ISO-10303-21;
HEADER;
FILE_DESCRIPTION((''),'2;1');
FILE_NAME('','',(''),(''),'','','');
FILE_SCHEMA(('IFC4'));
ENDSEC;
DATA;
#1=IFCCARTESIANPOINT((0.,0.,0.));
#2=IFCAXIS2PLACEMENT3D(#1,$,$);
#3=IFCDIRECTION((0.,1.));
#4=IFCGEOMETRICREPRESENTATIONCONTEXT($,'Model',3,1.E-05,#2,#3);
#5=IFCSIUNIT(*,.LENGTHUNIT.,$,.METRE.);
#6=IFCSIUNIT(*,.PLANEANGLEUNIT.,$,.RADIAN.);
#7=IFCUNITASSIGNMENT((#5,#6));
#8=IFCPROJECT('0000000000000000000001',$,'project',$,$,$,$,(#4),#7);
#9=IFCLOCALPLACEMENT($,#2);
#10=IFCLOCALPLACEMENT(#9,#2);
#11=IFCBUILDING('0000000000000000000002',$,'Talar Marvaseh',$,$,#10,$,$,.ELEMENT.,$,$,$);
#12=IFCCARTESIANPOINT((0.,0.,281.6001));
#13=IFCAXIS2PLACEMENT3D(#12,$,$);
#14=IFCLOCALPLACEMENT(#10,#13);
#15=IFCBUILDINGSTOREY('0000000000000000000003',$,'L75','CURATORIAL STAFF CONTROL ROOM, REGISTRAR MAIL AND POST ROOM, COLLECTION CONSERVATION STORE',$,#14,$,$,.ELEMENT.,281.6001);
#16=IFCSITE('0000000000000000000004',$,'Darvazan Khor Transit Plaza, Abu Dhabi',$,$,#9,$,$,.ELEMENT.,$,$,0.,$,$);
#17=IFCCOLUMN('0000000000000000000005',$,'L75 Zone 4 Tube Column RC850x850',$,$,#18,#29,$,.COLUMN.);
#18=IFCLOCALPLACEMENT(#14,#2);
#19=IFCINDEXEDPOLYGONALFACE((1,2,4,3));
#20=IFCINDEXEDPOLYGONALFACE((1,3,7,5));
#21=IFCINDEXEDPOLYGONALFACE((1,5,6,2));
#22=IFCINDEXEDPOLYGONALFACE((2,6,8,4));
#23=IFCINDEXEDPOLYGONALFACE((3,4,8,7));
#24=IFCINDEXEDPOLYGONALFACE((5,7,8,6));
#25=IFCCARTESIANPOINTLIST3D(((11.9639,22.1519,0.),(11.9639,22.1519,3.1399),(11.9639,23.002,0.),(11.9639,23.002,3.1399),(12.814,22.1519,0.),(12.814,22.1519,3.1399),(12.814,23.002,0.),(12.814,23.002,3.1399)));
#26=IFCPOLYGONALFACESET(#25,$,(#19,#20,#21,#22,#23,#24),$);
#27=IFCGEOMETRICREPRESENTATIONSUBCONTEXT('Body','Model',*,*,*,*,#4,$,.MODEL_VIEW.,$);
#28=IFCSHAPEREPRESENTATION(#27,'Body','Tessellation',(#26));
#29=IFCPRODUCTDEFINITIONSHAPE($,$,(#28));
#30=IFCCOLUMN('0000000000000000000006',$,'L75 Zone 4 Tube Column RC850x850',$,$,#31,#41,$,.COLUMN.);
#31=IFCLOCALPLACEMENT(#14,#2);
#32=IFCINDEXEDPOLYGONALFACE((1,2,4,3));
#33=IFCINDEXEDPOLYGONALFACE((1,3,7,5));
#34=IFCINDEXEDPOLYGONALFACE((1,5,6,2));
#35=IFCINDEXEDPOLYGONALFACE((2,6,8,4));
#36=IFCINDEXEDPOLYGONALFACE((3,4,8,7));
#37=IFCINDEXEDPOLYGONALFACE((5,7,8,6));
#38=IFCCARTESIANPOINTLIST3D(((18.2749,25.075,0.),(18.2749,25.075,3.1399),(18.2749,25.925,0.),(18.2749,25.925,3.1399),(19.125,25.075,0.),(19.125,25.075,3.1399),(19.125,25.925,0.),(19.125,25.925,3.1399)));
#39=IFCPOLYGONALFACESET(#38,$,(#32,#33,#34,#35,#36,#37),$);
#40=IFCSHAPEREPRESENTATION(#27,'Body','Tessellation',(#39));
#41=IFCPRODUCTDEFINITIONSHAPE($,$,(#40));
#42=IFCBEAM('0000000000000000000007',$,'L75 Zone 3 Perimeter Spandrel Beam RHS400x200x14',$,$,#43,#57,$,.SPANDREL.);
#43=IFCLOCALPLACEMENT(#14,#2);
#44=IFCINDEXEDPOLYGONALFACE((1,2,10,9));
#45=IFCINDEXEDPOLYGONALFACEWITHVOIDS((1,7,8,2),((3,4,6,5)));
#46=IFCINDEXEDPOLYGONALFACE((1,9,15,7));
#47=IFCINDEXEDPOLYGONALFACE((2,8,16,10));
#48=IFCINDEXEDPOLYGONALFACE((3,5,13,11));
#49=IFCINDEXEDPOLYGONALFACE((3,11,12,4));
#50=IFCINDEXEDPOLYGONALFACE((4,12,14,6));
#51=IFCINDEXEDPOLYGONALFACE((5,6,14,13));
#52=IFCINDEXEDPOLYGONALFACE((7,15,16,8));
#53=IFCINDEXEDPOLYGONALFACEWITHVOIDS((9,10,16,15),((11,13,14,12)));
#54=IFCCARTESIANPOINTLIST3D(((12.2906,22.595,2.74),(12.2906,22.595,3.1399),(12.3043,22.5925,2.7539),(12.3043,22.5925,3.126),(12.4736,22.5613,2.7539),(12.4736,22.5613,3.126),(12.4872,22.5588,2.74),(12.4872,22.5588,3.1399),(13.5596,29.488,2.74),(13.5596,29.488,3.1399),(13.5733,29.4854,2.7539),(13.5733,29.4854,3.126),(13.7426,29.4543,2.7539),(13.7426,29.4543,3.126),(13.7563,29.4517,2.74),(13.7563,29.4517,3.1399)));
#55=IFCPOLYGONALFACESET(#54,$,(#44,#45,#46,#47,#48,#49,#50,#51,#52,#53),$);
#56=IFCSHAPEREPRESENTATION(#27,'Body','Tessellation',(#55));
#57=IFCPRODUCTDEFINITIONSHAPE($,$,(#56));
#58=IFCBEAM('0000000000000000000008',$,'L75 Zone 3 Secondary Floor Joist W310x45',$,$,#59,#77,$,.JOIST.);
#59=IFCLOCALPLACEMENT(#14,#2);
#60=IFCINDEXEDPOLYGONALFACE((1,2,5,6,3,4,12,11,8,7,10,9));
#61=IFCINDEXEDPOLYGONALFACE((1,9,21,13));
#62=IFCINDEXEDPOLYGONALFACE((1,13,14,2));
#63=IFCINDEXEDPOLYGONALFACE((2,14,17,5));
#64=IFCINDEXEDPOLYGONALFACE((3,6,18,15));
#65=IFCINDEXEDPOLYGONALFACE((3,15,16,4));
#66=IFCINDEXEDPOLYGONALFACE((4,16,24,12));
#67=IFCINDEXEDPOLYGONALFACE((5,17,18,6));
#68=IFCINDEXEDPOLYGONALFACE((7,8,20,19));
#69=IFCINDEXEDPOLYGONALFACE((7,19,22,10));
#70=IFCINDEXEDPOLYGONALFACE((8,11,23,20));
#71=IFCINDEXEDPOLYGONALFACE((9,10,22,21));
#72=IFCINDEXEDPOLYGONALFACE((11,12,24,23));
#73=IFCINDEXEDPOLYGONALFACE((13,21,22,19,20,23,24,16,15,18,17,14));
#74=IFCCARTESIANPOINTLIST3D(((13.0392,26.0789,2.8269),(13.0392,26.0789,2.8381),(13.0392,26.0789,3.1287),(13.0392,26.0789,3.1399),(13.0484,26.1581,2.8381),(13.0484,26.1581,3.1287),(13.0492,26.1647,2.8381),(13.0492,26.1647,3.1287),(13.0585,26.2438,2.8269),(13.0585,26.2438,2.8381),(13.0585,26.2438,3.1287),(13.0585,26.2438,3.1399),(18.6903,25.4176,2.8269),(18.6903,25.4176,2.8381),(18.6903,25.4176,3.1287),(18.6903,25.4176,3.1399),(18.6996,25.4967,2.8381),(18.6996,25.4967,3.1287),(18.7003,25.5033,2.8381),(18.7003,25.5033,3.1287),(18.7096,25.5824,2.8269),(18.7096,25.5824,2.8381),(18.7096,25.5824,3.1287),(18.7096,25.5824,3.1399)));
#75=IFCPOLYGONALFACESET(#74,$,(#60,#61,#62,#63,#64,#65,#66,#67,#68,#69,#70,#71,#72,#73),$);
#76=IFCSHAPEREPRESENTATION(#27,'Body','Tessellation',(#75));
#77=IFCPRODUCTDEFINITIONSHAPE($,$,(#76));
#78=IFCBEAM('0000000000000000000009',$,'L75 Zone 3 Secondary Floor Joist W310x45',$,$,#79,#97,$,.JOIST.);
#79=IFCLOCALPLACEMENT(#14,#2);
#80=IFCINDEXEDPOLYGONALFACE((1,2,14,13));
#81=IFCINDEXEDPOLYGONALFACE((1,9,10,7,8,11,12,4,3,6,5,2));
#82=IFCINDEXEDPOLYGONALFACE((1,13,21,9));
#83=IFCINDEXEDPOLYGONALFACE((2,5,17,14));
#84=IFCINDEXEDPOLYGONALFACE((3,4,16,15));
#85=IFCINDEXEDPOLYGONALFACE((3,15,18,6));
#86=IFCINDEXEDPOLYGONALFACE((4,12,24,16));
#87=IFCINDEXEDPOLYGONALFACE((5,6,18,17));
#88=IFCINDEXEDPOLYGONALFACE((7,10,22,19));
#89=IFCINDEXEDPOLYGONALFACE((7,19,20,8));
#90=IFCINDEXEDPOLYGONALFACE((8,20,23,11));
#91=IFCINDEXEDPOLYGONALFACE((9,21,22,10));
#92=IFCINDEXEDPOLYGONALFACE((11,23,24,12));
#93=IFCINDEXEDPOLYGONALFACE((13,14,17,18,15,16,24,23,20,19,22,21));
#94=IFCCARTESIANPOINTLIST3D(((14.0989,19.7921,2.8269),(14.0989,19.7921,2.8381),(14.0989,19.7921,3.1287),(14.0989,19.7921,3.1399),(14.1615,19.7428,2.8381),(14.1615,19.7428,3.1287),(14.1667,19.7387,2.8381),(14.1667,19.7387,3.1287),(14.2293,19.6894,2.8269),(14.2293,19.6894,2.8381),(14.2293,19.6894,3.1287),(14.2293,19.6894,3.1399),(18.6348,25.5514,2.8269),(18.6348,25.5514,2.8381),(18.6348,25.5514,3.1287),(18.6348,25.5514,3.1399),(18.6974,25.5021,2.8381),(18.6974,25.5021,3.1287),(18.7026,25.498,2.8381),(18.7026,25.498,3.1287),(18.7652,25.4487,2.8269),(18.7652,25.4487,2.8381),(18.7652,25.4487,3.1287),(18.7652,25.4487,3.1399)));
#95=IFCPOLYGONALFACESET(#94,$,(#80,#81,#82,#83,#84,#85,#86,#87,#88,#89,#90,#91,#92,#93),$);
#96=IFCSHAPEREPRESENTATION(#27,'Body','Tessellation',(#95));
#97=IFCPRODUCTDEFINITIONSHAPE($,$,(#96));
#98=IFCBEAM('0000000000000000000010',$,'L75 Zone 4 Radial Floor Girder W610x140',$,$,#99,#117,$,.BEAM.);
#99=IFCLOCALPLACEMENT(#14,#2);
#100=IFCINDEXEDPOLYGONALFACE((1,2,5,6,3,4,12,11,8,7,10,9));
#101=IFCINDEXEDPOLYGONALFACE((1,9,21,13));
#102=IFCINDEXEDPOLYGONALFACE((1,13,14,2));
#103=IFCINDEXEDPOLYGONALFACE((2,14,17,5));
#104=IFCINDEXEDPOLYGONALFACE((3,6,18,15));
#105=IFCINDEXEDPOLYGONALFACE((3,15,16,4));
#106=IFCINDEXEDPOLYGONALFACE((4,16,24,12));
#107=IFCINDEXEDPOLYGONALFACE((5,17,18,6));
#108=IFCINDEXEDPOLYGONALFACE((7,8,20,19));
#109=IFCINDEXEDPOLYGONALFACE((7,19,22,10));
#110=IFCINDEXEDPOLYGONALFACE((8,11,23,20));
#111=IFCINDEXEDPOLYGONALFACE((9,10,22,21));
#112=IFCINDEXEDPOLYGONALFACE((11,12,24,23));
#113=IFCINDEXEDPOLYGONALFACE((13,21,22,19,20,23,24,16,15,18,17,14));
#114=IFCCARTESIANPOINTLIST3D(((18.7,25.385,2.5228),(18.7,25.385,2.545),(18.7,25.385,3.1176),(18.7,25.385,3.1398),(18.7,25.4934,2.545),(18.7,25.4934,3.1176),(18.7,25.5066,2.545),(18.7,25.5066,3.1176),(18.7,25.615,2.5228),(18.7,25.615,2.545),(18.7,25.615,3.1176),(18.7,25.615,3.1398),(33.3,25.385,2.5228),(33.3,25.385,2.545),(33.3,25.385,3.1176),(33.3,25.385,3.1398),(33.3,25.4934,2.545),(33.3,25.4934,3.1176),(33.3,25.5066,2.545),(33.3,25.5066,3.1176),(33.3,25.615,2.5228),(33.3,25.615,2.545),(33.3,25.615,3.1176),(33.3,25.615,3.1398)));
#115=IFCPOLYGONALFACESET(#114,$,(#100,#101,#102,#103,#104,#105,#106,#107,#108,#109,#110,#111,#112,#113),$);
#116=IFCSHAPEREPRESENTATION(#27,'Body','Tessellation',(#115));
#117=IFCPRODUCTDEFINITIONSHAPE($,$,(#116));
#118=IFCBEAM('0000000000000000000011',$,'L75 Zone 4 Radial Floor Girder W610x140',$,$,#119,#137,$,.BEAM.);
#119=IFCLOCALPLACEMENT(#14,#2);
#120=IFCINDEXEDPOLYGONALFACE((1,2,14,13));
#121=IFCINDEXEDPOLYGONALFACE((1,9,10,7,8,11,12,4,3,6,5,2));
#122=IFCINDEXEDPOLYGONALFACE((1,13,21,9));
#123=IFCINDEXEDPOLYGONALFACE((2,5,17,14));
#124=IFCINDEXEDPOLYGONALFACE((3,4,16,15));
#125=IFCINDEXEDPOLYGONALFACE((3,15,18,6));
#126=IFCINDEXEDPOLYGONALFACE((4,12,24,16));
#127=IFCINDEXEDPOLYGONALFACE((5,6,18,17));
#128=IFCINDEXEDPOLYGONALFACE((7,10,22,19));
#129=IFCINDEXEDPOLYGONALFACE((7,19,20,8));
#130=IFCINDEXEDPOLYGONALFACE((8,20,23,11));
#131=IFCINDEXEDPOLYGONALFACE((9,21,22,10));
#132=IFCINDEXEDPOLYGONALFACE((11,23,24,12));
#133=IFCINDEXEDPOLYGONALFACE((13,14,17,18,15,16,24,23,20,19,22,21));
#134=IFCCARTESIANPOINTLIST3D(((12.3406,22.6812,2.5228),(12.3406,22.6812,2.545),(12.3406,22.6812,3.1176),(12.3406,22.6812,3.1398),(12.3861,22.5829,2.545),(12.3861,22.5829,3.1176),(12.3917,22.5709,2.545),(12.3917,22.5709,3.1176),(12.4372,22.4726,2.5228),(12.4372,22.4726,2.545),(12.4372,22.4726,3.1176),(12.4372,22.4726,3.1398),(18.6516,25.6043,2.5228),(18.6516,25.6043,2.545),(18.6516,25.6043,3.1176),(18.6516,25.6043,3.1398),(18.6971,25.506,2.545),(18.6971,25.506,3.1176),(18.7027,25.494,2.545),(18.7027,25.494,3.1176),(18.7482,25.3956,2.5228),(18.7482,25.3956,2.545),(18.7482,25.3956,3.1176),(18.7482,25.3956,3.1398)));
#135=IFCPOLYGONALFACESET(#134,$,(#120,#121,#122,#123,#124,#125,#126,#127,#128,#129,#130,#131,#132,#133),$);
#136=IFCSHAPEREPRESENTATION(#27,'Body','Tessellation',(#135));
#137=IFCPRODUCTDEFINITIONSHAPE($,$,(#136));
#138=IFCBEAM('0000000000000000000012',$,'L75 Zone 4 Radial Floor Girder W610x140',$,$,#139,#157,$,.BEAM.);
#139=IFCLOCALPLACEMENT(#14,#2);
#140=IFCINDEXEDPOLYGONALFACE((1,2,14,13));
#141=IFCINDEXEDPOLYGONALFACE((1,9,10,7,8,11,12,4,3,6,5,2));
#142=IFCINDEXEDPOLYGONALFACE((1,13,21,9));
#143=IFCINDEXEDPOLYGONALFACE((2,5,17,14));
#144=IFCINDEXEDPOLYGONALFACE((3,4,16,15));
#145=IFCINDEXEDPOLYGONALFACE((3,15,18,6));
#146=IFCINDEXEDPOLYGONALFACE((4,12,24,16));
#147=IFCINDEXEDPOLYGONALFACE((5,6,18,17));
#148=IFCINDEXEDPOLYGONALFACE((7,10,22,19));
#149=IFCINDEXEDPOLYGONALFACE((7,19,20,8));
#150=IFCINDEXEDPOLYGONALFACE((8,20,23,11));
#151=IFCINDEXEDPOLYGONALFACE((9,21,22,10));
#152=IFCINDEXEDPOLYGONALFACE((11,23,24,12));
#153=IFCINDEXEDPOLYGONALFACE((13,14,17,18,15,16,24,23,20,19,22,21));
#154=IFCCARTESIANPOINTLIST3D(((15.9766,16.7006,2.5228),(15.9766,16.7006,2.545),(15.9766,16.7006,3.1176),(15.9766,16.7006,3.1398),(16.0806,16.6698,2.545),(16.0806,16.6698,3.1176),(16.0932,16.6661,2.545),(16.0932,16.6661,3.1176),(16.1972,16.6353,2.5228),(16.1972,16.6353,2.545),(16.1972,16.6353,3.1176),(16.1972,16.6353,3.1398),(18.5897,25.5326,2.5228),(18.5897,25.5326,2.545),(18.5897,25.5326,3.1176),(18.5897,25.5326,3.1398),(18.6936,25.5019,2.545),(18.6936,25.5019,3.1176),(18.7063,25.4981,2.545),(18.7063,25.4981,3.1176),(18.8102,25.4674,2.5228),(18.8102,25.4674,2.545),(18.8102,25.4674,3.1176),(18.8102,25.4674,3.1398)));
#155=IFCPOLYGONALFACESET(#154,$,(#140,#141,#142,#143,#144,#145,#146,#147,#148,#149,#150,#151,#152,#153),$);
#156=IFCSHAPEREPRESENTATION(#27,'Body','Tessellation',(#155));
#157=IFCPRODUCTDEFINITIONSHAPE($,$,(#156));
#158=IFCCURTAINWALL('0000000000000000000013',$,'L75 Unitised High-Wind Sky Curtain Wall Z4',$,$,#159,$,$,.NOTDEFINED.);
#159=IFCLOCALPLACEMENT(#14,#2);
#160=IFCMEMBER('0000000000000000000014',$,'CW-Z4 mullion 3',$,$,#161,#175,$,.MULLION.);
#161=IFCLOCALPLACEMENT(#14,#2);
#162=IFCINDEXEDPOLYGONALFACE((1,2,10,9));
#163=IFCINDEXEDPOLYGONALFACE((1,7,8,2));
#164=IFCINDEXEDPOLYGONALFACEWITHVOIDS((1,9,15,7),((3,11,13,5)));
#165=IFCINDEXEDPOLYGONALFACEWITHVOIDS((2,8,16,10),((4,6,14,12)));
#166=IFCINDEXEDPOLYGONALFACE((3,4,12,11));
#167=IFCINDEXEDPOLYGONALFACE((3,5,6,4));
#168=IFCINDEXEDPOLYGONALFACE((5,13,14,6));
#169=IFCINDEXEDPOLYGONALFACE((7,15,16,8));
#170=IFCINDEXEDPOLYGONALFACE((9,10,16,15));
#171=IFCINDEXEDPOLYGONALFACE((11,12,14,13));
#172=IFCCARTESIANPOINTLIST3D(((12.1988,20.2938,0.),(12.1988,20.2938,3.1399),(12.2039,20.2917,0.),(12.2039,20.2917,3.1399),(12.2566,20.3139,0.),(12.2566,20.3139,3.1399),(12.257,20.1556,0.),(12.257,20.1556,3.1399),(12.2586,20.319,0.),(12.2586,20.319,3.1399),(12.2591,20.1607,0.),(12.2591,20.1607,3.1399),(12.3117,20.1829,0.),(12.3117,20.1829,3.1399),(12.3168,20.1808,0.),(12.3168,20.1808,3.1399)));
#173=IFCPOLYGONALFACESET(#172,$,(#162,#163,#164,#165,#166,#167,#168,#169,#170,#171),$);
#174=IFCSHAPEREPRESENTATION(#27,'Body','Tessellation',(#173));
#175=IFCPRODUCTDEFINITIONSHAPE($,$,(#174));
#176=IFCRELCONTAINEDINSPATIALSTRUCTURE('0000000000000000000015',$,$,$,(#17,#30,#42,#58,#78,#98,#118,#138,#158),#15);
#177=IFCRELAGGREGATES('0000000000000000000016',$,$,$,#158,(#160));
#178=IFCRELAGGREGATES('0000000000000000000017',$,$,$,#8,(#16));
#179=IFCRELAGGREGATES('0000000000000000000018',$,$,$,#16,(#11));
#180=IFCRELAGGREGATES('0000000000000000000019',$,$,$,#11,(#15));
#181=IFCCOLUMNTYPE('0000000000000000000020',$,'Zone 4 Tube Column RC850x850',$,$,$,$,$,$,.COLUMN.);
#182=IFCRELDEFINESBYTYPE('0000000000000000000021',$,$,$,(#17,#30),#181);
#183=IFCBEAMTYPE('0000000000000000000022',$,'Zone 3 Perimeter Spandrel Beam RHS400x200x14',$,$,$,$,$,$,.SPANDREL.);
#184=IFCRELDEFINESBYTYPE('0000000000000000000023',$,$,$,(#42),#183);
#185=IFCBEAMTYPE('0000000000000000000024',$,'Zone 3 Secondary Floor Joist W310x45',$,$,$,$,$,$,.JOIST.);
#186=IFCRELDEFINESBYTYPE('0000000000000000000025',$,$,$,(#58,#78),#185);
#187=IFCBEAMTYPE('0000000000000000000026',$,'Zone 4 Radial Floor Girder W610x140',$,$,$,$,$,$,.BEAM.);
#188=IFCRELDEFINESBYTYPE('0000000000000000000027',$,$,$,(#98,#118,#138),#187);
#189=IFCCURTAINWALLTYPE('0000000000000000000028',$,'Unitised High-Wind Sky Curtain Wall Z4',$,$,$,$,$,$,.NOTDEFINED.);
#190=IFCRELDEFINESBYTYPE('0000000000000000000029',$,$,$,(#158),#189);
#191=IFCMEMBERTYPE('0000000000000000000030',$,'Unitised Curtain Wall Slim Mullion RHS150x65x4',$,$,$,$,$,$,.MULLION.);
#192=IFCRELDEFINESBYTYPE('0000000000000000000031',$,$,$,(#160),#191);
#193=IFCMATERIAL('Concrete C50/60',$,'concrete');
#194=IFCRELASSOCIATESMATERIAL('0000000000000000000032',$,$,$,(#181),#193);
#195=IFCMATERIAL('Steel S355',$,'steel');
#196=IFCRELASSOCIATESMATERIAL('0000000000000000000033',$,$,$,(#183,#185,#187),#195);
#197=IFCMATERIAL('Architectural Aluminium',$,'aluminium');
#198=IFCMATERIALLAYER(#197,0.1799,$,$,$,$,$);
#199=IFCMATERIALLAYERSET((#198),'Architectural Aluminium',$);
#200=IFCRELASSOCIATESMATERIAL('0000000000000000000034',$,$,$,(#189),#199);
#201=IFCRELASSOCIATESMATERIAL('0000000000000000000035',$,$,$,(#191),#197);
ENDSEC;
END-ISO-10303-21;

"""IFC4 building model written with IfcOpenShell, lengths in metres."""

from ifc_helpers import new_model, si_unit, direction, frame, origin, origin_2d, place, context, subcontext, project, spatial, rectangle, hollow_rectangle, i_section, extrude, source, transform, mapped, material, layer, layer_set, material_profile, profile_set, type_object, type_shapes, element, aggregate, save


model = new_model("IFC4")

# Units and contexts
model_context = context("Model", 3, precision=1e-05, world=origin(), true_north=direction((0.0, 1.0)))
body_context = subcontext(model_context, "Body", "Model", "MODEL_VIEW")
ifc_project = project(units=[si_unit("LENGTHUNIT", "METRE"), si_unit("PLANEANGLEUNIT", "RADIAN")], contexts=[model_context])

# Site, building, storey
site_placement = place(None, origin())
site = spatial("IfcSite", under=ifc_project, at=site_placement, Name="Darvazan Khor Transit Plaza, Abu Dhabi", CompositionType="ELEMENT", RefElevation=0.0)
building_placement = place(site_placement, origin())
building = spatial("IfcBuilding", under=site, at=building_placement, Name="Talar Marvaseh", CompositionType="ELEMENT")
storey_placement = place(building_placement, frame((0.0, 0.0, 281.6001)))
storey = spatial("IfcBuildingStorey", under=building, at=storey_placement, Name="L75", Description="CURATORIAL STAFF CONTROL ROOM, REGISTRAR MAIL AND POST ROOM, COLLECTION CONSERVATION STORE", CompositionType="ELEMENT", Elevation=281.6001)

# Columns
ifc_material_1 = material(Name="Concrete C50/60", Category="concrete")
ifc_material_profile_1 = material_profile(ifc_material_1, rectangle(XDim=0.8501, YDim=0.8501, at=origin_2d()), Name="RC850x850")
ifc_profile_set_1 = profile_set([ifc_material_profile_1], Name="Concrete C50/60")
column_type = type_object("IfcColumnType", Name="Zone 4 Tube Column RC850x850", PredefinedType="COLUMN", material=ifc_profile_set_1)
for number, where, z_axis, x_axis, name in (
    (1, (12.3889, 22.5769, 0.0), (0.0, 0.0, 1.0), (1.0, 0.0, 0.0), "L75 Zone 4 Tube Column RC850x850"),
    (2, (18.7, 25.5, 0.0), (0.0, 0.0, 1.0), (1.0, 0.0, 0.0), "L75 Zone 4 Tube Column RC850x850"),
):
    element("IfcColumn", number, at=place(storey_placement, frame(where, z_axis=z_axis, x_axis=x_axis)), inside=storey, type_object=column_type, Name=name, PredefinedType="COLUMN", context=body_context, shape_type="SweptSolid", body=[
        extrude(rectangle(XDim=0.8501, YDim=0.8501, at=origin_2d()), origin(), (0.0, 0.0, 1.0), 3.1399),
    ])

# Beams
ifc_material_2 = material(Name="Steel S355", Category="steel")
ifc_material_profile_2 = material_profile(ifc_material_2, hollow_rectangle(XDim=0.2, YDim=0.3999, WallThickness=0.0139, at=origin_2d()), Name="RHS400x200x14")
ifc_profile_set_2 = profile_set([ifc_material_profile_2], Name="Steel S355")
beam_type_1 = type_object("IfcBeamType", Name="Zone 3 Perimeter Spandrel Beam RHS400x200x14", PredefinedType="SPANDREL", material=ifc_profile_set_2)
beam_1_placement = place(storey_placement, frame((12.3889, 22.5769, 2.9399), z_axis=(0.181061, 0.983472, 0.0), x_axis=(-0.983472, 0.181061, 0.0)))
element("IfcBeam", 3, at=beam_1_placement, inside=storey, type_object=beam_type_1, Name="L75 Zone 3 Perimeter Spandrel Beam RHS400x200x14", PredefinedType="SPANDREL", context=body_context, shape_type="SweptSolid", body=[
    extrude(hollow_rectangle(XDim=0.2, YDim=0.3999, WallThickness=0.0139, at=origin_2d()), origin(), (0.0, 0.0, 1.0), 7.0088),
])
ifc_material_profile_3 = material_profile(ifc_material_2, i_section(OverallWidth=0.166, OverallDepth=0.313, WebThickness=0.0066, FlangeThickness=0.0112, at=origin_2d()), Name="W310x45")
ifc_profile_set_3 = profile_set([ifc_material_profile_3], Name="Steel S355")
beam_type_2 = type_object("IfcBeamType", Name="Zone 3 Secondary Floor Joist W310x45", PredefinedType="JOIST", material=ifc_profile_set_3)
beam_2_placement = place(storey_placement, frame((13.0488, 26.1614, 2.9834), z_axis=(0.993221, -0.116241, 0.0), x_axis=(0.116241, 0.993221, 0.0)))
element("IfcBeam", 4, at=beam_2_placement, inside=storey, type_object=beam_type_2, Name="L75 Zone 3 Secondary Floor Joist W310x45", PredefinedType="JOIST", context=body_context, shape_type="SweptSolid", body=[
    extrude(i_section(OverallWidth=0.166, OverallDepth=0.313, WebThickness=0.0066, FlangeThickness=0.0112, at=origin_2d()), origin(), (0.0, 0.0, 1.0), 5.6897),
])
beam_3_placement = place(storey_placement, frame((14.1641, 19.7407, 2.9834), z_axis=(0.618727, 0.785606, 0.0), x_axis=(-0.785606, 0.618727, 0.0)))
element("IfcBeam", 5, at=beam_3_placement, inside=storey, type_object=beam_type_2, Name="L75 Zone 3 Secondary Floor Joist W310x45", PredefinedType="JOIST", context=body_context, shape_type="SweptSolid", body=[
    extrude(i_section(OverallWidth=0.166, OverallDepth=0.313, WebThickness=0.0066, FlangeThickness=0.0112, at=origin_2d()), origin(), (0.0, 0.0, 1.0), 7.3311),
])
ifc_material_profile_4 = material_profile(ifc_material_2, i_section(OverallWidth=0.23, OverallDepth=0.6169, WebThickness=0.0132, FlangeThickness=0.0222, at=origin_2d()), Name="W610x140")
ifc_profile_set_4 = profile_set([ifc_material_profile_4], Name="Steel S355")
beam_type_3 = type_object("IfcBeamType", Name="Zone 4 Radial Floor Girder W610x140", PredefinedType="BEAM", material=ifc_profile_set_4)
beam_4_placement = place(storey_placement, frame((18.7, 25.5, 2.8313), z_axis=(1.0, 0.0, 0.0), x_axis=(0.0, 1.0, 0.0)))
element("IfcBeam", 6, at=beam_4_placement, inside=storey, type_object=beam_type_3, Name="L75 Zone 4 Radial Floor Girder W610x140", PredefinedType="BEAM", context=body_context, shape_type="SweptSolid", body=[
    extrude(i_section(OverallWidth=0.23, OverallDepth=0.6169, WebThickness=0.0132, FlangeThickness=0.0222, at=origin_2d()), origin(), (0.0, 0.0, 1.0), 14.6001),
])
beam_5_placement = place(storey_placement, frame((12.3889, 22.5769, 2.8313), z_axis=(0.907395, 0.42028, 0.0), x_axis=(-0.42028, 0.907395, 0.0)))
element("IfcBeam", 7, at=beam_5_placement, inside=storey, type_object=beam_type_3, Name="L75 Zone 4 Radial Floor Girder W610x140", PredefinedType="BEAM", context=body_context, shape_type="SweptSolid", body=[
    extrude(i_section(OverallWidth=0.23, OverallDepth=0.6169, WebThickness=0.0132, FlangeThickness=0.0222, at=origin_2d()), origin(), (0.0, 0.0, 1.0), 6.9551),
])
beam_6_placement = place(storey_placement, frame((16.0869, 16.668, 2.8313), z_axis=(0.283703, 0.958912, 0.0), x_axis=(-0.958912, 0.283703, 0.0)))
element("IfcBeam", 8, at=beam_6_placement, inside=storey, type_object=beam_type_3, Name="L75 Zone 4 Radial Floor Girder W610x140", PredefinedType="BEAM", context=body_context, shape_type="SweptSolid", body=[
    extrude(i_section(OverallWidth=0.23, OverallDepth=0.6169, WebThickness=0.0132, FlangeThickness=0.0222, at=origin_2d()), origin(), (0.0, 0.0, 1.0), 9.2104),
])

# Curtain wall, member
ifc_material_3 = material(Name="Architectural Aluminium", Category="aluminium")
ifc_layer_1 = layer(ifc_material_3, 0.1799)
ifc_layer_set_1 = layer_set([ifc_layer_1], Name="Architectural Aluminium")
curtain_wall_type = type_object("IfcCurtainWallType", Name="Unitised High-Wind Sky Curtain Wall Z4", PredefinedType="NOTDEFINED", material=ifc_layer_set_1)
curtain_wall_1_placement = place(storey_placement, origin())
curtain_wall_1 = element("IfcCurtainWall", 9, at=curtain_wall_1_placement, inside=storey, type_object=curtain_wall_type, Name="L75 Unitised High-Wind Sky Curtain Wall Z4", PredefinedType="NOTDEFINED")
ifc_material_profile_5 = material_profile(ifc_material_3, hollow_rectangle(XDim=0.0649, YDim=0.1499, WallThickness=0.0039, at=origin_2d()), Name="RHS150x65x4")
ifc_profile_set_5 = profile_set([ifc_material_profile_5], Name="Architectural Aluminium")
member_type_1 = type_object("IfcMemberType", Name="Unitised Curtain Wall Slim Mullion RHS150x65x4", PredefinedType="MULLION", material=ifc_profile_set_5)
shared_shape_1 = source(origin(), body_context, "Body", "SweptSolid", [
    extrude(hollow_rectangle(XDim=0.0649, YDim=0.1499, WallThickness=0.0039, at=origin_2d()), origin(), (0.0, 0.0, 1.0), 3.1399),
])
type_shapes(member_type_1, [shared_shape_1])
member_1_placement = place(storey_placement, frame((12.2578, 20.2373, 0.0), z_axis=(0.0, 0.0, 1.0), x_axis=(-0.921551, -0.388258, 0.0)))
member_1 = element("IfcMember", 10, at=member_1_placement, type_object=member_type_1, Name="CW-Z4 mullion 3", PredefinedType="MULLION", context=body_context, shape_type="MappedRepresentation", body=[
    mapped(shared_shape_1, transform((0.0, 0.0, 0.0), x_axis=(1.0, 0.0, 0.0), y_axis=(0.0, 1.0, 0.0), z_axis=(0.0, 0.0, 1.0), scale=1.0)),
])

aggregate(curtain_wall_1, [member_1])

save(model, "model.ifc")
